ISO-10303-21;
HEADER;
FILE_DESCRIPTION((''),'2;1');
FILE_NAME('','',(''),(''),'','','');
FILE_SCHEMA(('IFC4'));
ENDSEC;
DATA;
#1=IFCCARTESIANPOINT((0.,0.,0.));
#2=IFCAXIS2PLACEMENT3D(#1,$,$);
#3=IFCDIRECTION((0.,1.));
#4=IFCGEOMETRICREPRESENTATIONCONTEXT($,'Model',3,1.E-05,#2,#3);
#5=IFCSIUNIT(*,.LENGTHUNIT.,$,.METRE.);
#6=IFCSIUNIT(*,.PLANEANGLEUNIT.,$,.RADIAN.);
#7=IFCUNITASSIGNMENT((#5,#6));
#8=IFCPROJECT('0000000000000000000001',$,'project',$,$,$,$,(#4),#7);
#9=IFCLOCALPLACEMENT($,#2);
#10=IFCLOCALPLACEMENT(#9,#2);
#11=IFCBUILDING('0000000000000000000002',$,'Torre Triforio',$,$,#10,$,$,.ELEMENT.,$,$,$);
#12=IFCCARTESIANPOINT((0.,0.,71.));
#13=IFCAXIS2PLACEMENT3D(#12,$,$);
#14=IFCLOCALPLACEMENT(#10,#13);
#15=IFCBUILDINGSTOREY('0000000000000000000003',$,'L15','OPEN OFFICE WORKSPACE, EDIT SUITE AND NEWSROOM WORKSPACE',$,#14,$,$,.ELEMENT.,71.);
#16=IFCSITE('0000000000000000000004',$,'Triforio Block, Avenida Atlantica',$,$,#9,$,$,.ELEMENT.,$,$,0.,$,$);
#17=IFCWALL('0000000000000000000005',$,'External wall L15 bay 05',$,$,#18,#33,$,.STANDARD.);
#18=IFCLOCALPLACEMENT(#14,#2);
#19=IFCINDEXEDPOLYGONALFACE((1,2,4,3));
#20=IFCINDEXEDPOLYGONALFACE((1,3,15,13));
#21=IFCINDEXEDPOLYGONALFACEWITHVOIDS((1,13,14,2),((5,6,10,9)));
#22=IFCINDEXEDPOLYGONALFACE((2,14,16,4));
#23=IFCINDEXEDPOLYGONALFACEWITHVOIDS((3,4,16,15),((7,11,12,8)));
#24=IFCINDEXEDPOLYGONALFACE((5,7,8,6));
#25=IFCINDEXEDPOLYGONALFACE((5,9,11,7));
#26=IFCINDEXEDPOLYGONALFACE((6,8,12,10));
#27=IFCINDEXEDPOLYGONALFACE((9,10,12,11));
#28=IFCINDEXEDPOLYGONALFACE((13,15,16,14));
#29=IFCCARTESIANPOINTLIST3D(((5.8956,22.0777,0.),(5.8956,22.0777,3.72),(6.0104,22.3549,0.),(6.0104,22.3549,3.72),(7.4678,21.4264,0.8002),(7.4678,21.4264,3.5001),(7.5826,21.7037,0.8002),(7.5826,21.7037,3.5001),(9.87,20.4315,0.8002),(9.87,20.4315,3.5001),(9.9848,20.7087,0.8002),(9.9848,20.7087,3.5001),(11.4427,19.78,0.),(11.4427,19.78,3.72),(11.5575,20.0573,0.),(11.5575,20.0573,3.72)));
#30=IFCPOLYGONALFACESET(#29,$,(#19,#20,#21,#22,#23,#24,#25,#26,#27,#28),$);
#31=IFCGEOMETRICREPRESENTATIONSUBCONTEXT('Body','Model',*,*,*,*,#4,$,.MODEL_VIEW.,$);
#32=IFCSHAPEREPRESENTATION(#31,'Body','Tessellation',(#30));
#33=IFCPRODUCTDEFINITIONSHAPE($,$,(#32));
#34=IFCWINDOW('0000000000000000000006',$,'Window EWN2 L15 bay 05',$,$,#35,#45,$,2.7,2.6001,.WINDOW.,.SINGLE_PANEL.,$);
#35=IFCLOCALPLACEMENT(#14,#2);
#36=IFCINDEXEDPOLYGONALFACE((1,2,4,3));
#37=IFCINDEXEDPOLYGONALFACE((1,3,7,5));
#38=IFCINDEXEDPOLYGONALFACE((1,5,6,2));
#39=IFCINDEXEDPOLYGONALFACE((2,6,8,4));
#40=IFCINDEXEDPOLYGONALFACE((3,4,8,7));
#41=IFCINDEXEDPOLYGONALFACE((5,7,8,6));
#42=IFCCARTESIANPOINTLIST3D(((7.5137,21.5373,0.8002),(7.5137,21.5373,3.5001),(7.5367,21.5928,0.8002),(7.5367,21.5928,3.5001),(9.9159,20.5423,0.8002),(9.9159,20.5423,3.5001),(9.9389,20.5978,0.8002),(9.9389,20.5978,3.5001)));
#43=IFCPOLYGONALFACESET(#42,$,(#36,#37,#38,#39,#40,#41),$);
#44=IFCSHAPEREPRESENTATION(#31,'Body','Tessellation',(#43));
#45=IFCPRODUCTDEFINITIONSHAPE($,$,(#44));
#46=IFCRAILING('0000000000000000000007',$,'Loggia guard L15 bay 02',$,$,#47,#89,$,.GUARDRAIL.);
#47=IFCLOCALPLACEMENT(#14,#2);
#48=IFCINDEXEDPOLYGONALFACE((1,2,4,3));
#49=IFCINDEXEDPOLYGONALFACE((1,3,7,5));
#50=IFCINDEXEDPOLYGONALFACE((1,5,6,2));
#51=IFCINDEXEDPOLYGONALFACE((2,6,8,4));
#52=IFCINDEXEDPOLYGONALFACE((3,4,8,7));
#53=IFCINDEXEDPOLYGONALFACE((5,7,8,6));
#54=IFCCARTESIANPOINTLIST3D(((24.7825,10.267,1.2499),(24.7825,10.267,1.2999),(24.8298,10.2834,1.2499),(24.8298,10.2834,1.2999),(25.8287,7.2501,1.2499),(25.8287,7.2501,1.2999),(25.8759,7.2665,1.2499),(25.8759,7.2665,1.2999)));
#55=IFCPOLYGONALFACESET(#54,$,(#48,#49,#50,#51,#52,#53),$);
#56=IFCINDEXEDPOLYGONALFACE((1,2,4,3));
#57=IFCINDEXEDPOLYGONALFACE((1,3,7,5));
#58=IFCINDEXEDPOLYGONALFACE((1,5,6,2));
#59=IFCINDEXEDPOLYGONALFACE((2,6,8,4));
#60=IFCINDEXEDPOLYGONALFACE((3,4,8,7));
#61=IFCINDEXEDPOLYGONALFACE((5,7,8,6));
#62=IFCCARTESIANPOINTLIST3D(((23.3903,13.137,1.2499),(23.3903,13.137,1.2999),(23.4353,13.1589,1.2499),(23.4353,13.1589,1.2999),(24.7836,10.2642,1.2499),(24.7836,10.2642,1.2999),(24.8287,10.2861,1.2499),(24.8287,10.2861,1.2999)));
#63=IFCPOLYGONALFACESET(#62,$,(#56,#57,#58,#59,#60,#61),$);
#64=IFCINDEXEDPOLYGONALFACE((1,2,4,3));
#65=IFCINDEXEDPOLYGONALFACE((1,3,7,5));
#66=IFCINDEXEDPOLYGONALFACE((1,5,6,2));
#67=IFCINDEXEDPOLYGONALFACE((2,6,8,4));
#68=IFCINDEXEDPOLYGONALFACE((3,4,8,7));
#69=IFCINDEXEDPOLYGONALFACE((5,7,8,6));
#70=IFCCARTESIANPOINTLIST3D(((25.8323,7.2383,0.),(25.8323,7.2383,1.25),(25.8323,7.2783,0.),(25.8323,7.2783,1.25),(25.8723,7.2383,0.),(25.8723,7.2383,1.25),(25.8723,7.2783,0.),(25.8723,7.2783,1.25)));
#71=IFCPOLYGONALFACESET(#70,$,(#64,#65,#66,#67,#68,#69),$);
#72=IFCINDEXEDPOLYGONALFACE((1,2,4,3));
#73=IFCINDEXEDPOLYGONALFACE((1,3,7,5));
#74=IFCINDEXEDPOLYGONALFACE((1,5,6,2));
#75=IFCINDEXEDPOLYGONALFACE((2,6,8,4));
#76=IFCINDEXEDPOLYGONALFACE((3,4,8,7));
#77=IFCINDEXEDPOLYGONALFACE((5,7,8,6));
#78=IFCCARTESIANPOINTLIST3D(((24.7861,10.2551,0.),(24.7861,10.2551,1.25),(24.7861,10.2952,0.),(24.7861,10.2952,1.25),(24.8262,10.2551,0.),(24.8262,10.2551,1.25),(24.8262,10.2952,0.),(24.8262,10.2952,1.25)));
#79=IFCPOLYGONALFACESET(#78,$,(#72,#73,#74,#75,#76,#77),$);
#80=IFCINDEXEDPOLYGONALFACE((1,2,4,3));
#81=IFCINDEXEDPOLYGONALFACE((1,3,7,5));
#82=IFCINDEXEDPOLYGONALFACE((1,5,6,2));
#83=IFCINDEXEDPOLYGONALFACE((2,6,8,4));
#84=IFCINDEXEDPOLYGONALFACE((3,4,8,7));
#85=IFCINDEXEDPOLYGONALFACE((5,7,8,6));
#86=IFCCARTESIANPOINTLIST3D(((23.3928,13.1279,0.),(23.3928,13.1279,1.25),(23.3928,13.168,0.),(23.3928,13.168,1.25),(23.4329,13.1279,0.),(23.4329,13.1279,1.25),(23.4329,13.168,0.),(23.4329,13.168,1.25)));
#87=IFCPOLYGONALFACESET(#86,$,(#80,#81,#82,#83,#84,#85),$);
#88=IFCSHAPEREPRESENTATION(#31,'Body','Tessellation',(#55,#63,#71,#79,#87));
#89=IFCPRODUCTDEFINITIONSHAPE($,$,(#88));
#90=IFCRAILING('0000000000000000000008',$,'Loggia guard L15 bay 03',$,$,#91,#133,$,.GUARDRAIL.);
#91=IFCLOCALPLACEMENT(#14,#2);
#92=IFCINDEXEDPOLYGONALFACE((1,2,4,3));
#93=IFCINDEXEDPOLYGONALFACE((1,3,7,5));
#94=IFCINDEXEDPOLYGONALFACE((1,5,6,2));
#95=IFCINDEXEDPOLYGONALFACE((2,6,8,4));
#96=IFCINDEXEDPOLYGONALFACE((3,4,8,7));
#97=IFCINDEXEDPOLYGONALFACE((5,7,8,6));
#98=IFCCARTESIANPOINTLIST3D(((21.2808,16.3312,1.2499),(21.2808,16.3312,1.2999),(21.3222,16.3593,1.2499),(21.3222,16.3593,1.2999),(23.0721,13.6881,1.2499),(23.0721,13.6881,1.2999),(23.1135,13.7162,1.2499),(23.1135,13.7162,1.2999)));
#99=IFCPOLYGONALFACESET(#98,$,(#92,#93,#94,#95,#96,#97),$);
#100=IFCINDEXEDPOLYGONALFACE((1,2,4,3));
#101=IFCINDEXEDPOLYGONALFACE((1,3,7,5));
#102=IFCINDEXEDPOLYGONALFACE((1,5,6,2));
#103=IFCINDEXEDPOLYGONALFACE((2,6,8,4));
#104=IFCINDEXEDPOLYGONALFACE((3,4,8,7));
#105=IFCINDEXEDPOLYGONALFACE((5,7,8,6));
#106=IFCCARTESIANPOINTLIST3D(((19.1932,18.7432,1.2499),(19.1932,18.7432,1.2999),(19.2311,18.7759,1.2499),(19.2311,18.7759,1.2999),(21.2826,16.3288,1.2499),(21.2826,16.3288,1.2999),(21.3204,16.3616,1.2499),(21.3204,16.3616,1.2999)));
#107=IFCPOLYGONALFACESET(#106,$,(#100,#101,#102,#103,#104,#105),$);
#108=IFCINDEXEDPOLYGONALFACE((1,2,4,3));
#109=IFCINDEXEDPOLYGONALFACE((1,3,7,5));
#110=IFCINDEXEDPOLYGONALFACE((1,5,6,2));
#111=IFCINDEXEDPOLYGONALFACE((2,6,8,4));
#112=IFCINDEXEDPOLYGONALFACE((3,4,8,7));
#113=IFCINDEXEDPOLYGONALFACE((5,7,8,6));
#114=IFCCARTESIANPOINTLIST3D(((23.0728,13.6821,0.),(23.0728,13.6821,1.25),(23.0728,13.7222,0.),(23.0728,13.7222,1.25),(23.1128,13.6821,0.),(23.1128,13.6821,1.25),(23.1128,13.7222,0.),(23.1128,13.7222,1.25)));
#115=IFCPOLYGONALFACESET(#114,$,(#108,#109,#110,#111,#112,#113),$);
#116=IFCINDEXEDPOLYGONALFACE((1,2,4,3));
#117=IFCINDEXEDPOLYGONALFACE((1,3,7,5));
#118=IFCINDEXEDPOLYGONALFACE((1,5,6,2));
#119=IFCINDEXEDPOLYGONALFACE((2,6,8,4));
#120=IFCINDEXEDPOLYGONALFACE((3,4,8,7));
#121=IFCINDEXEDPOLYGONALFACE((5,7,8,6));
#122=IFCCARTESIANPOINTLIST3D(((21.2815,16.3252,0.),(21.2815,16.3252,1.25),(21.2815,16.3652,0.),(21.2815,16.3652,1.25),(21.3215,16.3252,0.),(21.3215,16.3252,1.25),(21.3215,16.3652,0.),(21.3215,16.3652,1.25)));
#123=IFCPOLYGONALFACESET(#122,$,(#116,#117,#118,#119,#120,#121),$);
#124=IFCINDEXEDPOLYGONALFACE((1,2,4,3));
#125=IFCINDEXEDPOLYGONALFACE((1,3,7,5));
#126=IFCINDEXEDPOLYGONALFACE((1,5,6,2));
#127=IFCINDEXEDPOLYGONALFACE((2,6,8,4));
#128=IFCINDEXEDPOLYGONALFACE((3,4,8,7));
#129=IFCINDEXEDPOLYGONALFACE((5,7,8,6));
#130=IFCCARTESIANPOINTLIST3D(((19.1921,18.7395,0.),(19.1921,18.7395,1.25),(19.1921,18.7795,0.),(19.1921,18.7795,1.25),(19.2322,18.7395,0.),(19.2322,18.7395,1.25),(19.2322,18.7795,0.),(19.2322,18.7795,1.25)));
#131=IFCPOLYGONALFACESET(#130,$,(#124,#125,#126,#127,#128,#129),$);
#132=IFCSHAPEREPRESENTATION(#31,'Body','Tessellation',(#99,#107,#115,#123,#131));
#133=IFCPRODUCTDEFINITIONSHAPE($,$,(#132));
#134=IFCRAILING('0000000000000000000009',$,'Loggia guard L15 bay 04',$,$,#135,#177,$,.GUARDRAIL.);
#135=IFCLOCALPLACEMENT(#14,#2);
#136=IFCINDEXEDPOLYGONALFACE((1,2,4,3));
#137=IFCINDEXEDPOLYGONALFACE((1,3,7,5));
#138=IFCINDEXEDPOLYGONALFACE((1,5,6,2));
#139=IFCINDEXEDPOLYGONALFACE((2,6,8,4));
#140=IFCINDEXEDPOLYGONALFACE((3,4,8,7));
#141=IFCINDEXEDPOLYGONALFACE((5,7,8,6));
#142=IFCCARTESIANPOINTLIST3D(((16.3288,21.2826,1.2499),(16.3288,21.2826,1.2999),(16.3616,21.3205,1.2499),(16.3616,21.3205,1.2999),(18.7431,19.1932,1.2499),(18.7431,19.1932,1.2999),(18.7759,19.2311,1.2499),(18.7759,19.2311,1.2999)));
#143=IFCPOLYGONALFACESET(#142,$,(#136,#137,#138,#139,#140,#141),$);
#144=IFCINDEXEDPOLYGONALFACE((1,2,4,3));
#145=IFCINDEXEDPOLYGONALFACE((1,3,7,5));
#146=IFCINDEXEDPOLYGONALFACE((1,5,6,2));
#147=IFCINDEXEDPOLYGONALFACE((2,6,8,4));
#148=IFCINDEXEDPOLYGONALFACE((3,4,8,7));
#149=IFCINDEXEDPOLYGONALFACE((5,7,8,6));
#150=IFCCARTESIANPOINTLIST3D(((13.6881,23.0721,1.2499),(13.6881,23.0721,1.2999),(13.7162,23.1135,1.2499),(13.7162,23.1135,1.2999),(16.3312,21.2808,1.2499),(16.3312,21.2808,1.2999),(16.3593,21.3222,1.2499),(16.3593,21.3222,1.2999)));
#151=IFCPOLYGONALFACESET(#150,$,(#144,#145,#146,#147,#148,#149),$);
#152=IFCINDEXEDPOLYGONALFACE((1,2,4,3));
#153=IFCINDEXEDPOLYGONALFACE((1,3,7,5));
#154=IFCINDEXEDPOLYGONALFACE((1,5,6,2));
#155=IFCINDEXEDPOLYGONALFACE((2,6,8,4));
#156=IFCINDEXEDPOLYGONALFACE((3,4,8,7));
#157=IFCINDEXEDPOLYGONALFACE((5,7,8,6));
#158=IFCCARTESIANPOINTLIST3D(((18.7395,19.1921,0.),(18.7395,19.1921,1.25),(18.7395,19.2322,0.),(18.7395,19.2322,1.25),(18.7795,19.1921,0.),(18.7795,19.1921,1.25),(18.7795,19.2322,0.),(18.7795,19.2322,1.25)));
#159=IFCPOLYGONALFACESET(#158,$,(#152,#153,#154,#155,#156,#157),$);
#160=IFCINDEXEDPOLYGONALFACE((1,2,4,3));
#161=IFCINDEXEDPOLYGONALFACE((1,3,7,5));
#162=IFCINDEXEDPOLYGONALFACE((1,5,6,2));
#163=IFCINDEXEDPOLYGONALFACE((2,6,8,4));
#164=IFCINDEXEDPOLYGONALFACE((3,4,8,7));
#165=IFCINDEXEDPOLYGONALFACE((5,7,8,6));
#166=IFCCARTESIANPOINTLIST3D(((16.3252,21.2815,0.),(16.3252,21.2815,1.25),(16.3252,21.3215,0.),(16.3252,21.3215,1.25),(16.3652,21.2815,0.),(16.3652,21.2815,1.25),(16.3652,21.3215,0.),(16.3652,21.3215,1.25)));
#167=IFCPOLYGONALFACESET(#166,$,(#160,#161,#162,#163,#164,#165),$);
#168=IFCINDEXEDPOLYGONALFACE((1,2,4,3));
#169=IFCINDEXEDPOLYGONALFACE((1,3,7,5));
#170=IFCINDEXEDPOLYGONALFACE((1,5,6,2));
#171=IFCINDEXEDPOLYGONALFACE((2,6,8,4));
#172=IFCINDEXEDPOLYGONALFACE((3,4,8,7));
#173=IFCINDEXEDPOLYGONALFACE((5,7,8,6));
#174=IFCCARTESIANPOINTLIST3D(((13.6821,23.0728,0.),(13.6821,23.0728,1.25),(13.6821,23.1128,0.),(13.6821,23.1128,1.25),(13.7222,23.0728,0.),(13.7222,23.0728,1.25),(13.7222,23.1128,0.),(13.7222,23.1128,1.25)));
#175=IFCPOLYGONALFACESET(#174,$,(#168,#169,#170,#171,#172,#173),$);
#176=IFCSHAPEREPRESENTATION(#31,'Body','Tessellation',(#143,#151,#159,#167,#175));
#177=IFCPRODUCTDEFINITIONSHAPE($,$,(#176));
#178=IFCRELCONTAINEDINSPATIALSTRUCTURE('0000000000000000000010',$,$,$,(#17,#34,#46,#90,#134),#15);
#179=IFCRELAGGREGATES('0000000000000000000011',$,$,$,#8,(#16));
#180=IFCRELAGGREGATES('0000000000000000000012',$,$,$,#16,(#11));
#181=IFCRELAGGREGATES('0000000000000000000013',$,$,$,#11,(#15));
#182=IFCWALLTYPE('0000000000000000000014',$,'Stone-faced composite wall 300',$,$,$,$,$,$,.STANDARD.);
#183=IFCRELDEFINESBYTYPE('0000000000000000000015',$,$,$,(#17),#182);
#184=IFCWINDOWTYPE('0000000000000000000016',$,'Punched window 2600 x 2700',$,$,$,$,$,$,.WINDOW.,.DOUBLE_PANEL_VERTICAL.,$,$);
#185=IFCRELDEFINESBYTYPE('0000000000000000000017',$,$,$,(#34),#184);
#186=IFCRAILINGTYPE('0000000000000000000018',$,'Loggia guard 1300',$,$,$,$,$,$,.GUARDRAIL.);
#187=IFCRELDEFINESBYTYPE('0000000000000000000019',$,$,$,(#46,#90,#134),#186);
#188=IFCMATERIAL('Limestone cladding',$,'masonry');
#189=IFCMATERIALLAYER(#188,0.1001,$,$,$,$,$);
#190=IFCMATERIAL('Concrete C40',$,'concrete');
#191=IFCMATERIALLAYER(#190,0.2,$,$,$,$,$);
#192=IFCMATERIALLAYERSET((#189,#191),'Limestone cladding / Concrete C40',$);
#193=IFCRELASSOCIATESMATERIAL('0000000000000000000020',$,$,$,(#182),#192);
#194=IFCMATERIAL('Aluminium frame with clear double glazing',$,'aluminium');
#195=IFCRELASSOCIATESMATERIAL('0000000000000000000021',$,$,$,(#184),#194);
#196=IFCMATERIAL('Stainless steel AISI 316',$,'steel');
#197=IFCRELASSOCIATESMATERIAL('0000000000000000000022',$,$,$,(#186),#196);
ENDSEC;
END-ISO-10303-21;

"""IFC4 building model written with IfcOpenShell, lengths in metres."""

from ifc_helpers import new_model, si_unit, direction, frame, frame_2d, origin, origin_2d, place, context, subcontext, project, spatial, rectangle, extrude, material, layer, layer_set, type_object, element, fill, save


model = new_model("IFC4")

# Units and contexts
model_context = context("Model", 3, precision=1e-05, world=origin(), true_north=direction((0.0, 1.0)))
body_context = subcontext(model_context, "Body", "Model", "MODEL_VIEW")
ifc_project = project(units=[si_unit("LENGTHUNIT", "METRE"), si_unit("PLANEANGLEUNIT", "RADIAN")], contexts=[model_context])

# Site, building, storey
site_placement = place(None, origin())
site = spatial("IfcSite", under=ifc_project, at=site_placement, Name="Triforio Block, Avenida Atlantica", CompositionType="ELEMENT", RefElevation=0.0)
building_placement = place(site_placement, origin())
building = spatial("IfcBuilding", under=site, at=building_placement, Name="Torre Triforio", CompositionType="ELEMENT")
storey_placement = place(building_placement, frame((0.0, 0.0, 71.0)))
storey = spatial("IfcBuildingStorey", under=building, at=storey_placement, Name="L15", Description="OPEN OFFICE WORKSPACE, EDIT SUITE AND NEWSROOM WORKSPACE", CompositionType="ELEMENT", Elevation=71.0)

# Shared definitions
ifc_material_1 = material(Name="Limestone cladding", Category="masonry")
ifc_material_2 = material(Name="Concrete C40", Category="concrete")

# Shared definitions
ifc_layer_1 = layer(ifc_material_1, 0.1001)
ifc_layer_2 = layer(ifc_material_2, 0.2)
ifc_layer_set_1 = layer_set([ifc_layer_1, ifc_layer_2], Name="Limestone cladding / Concrete C40")
wall_type_1 = type_object("IfcWallType", Name="Stone-faced composite wall 300", PredefinedType="STANDARD", material=ifc_layer_set_1)
ifc_material_3 = material(Name="Aluminium frame with clear double glazing", Category="aluminium")
window_type_1 = type_object("IfcWindowType", Name="Punched window 2600 x 2700", PartitioningType="DOUBLE_PANEL_VERTICAL", PredefinedType="WINDOW", material=ifc_material_3)

# Wall, opening, window
wall_1_placement = place(storey_placement, frame((11.5, 19.9187, 0.0), z_axis=(0.0, 0.0, 1.0), x_axis=(-0.923885, 0.382671, 0.0)))
wall_1 = element("IfcWall", 1, at=wall_1_placement, inside=storey, type_object=wall_type_1, Name="External wall L15 bay 05", PredefinedType="STANDARD", context=body_context, shape_type="SweptSolid", body=[
    extrude(rectangle(XDim=6.0042, YDim=0.3, at=frame_2d((3.002, 0.0))), origin(), (0.0, 0.0, 1.0), 3.72),
])
opening_1_placement = place(wall_1_placement, frame((1.7021, 0.0, 0.8)))
opening_1 = element("IfcOpeningElement", 2, at=opening_1_placement, cuts=wall_1, PredefinedType="OPENING", context=body_context, shape_type="SweptSolid", body=[
    extrude(rectangle(XDim=2.6001, YDim=2.7, at=frame_2d((1.3, 1.3501))), frame((0.0, 0.1599, 0.0), z_axis=(0.0, -1.0, 0.0), x_axis=(1.0, 0.0, 0.0)), (0.0, 0.0, 1.0), 0.3201),
])
window_1_placement = place(opening_1_placement, origin())
window_1 = element("IfcWindow", 3, at=window_1_placement, inside=storey, type_object=window_type_1, Name="Window EWN2 L15 bay 05", OverallHeight=2.7, OverallWidth=2.6001, PartitioningType="SINGLE_PANEL", PredefinedType="WINDOW", context=body_context, shape_type="SweptSolid", body=[
    extrude(rectangle(XDim=2.6001, YDim=2.7, at=frame_2d((1.3, 1.3501))), frame((0.0, 0.03, 0.0), z_axis=(0.0, -1.0, 0.0), x_axis=(1.0, 0.0, 0.0)), (0.0, 0.0, 1.0), 0.0601),
])
fill(opening_1, window_1)

# Railings
ifc_material_4 = material(Name="Stainless steel AISI 316", Category="steel")
railing_type = type_object("IfcRailingType", Name="Loggia guard 1300", PredefinedType="GUARDRAIL", material=ifc_material_4)
railing_1_placement = place(storey_placement, frame((25.8523, 7.2583, 0.0)))
element("IfcRailing", 4, at=railing_1_placement, inside=storey, type_object=railing_type, Name="Loggia guard L15 bay 02", PredefinedType="GUARDRAIL", context=body_context, shape_type="SweptSolid", body=[
    extrude(rectangle(XDim=0.05, YDim=0.05, at=origin_2d()), frame((0.0, 0.0, 1.2749), z_axis=(-0.327628, 0.944807, 0.0), x_axis=(-0.944807, -0.327628, 0.0)), (0.0, 0.0, 1.0), 3.1931),
    extrude(rectangle(XDim=0.05, YDim=0.05, at=origin_2d()), frame((-1.0461, 3.0168, 1.2749), z_axis=(-0.436384, 0.89976, 0.0), x_axis=(-0.89976, -0.436384, 0.0)), (0.0, 0.0, 1.0), 3.1929),
    extrude(rectangle(XDim=0.04, YDim=0.04, at=origin_2d()), origin(), (0.0, 0.0, 1.0), 1.25),
    extrude(rectangle(XDim=0.04, YDim=0.04, at=origin_2d()), frame((-1.0461, 3.0168, 0.0)), (0.0, 0.0, 1.0), 1.25),
    extrude(rectangle(XDim=0.04, YDim=0.04, at=origin_2d()), frame((-2.4395, 5.8896, 0.0)), (0.0, 0.0, 1.0), 1.25),
])
railing_2_placement = place(storey_placement, frame((23.0928, 13.7021, 0.0)))
element("IfcRailing", 5, at=railing_2_placement, inside=storey, type_object=railing_type, Name="Loggia guard L15 bay 03", PredefinedType="GUARDRAIL", context=body_context, shape_type="SweptSolid", body=[
    extrude(rectangle(XDim=0.05, YDim=0.05, at=origin_2d()), frame((0.0, 0.0, 1.2749), z_axis=(-0.561019, 0.827803, 0.0), x_axis=(-0.827803, -0.561019, 0.0)), (0.0, 0.0, 1.0), 3.1929),
    extrude(rectangle(XDim=0.05, YDim=0.05, at=origin_2d()), frame((-1.7913, 2.6431, 1.2749), z_axis=(-0.654386, 0.756161, 0.0), x_axis=(-0.756161, -0.654386, 0.0)), (0.0, 0.0, 1.0), 3.1929),
    extrude(rectangle(XDim=0.04, YDim=0.04, at=origin_2d()), origin(), (0.0, 0.0, 1.0), 1.25),
    extrude(rectangle(XDim=0.04, YDim=0.04, at=origin_2d()), frame((-1.7913, 2.6431, 0.0)), (0.0, 0.0, 1.0), 1.25),
    extrude(rectangle(XDim=0.04, YDim=0.04, at=origin_2d()), frame((-3.8806, 5.0574, 0.0)), (0.0, 0.0, 1.0), 1.25),
])
railing_3_placement = place(storey_placement, frame((18.7595, 19.2122, 0.0)))
element("IfcRailing", 6, at=railing_3_placement, inside=storey, type_object=railing_type, Name="Loggia guard L15 bay 04", PredefinedType="GUARDRAIL", context=body_context, shape_type="SweptSolid", body=[
    extrude(rectangle(XDim=0.05, YDim=0.05, at=origin_2d()), frame((0.0, 0.0, 1.2749), z_axis=(-0.756161, 0.654386, 0.0), x_axis=(-0.654386, -0.756161, 0.0)), (0.0, 0.0, 1.0), 3.1929),
    extrude(rectangle(XDim=0.05, YDim=0.05, at=origin_2d()), frame((-2.4143, 2.0894, 1.2749), z_axis=(-0.827803, 0.561019, 0.0), x_axis=(-0.561019, -0.827803, 0.0)), (0.0, 0.0, 1.0), 3.1929),
    extrude(rectangle(XDim=0.04, YDim=0.04, at=origin_2d()), origin(), (0.0, 0.0, 1.0), 1.25),
    extrude(rectangle(XDim=0.04, YDim=0.04, at=origin_2d()), frame((-2.4143, 2.0894, 0.0)), (0.0, 0.0, 1.0), 1.25),
    extrude(rectangle(XDim=0.04, YDim=0.04, at=origin_2d()), frame((-5.0574, 3.8806, 0.0)), (0.0, 0.0, 1.0), 1.25),
])

save(model, "model.ifc")
